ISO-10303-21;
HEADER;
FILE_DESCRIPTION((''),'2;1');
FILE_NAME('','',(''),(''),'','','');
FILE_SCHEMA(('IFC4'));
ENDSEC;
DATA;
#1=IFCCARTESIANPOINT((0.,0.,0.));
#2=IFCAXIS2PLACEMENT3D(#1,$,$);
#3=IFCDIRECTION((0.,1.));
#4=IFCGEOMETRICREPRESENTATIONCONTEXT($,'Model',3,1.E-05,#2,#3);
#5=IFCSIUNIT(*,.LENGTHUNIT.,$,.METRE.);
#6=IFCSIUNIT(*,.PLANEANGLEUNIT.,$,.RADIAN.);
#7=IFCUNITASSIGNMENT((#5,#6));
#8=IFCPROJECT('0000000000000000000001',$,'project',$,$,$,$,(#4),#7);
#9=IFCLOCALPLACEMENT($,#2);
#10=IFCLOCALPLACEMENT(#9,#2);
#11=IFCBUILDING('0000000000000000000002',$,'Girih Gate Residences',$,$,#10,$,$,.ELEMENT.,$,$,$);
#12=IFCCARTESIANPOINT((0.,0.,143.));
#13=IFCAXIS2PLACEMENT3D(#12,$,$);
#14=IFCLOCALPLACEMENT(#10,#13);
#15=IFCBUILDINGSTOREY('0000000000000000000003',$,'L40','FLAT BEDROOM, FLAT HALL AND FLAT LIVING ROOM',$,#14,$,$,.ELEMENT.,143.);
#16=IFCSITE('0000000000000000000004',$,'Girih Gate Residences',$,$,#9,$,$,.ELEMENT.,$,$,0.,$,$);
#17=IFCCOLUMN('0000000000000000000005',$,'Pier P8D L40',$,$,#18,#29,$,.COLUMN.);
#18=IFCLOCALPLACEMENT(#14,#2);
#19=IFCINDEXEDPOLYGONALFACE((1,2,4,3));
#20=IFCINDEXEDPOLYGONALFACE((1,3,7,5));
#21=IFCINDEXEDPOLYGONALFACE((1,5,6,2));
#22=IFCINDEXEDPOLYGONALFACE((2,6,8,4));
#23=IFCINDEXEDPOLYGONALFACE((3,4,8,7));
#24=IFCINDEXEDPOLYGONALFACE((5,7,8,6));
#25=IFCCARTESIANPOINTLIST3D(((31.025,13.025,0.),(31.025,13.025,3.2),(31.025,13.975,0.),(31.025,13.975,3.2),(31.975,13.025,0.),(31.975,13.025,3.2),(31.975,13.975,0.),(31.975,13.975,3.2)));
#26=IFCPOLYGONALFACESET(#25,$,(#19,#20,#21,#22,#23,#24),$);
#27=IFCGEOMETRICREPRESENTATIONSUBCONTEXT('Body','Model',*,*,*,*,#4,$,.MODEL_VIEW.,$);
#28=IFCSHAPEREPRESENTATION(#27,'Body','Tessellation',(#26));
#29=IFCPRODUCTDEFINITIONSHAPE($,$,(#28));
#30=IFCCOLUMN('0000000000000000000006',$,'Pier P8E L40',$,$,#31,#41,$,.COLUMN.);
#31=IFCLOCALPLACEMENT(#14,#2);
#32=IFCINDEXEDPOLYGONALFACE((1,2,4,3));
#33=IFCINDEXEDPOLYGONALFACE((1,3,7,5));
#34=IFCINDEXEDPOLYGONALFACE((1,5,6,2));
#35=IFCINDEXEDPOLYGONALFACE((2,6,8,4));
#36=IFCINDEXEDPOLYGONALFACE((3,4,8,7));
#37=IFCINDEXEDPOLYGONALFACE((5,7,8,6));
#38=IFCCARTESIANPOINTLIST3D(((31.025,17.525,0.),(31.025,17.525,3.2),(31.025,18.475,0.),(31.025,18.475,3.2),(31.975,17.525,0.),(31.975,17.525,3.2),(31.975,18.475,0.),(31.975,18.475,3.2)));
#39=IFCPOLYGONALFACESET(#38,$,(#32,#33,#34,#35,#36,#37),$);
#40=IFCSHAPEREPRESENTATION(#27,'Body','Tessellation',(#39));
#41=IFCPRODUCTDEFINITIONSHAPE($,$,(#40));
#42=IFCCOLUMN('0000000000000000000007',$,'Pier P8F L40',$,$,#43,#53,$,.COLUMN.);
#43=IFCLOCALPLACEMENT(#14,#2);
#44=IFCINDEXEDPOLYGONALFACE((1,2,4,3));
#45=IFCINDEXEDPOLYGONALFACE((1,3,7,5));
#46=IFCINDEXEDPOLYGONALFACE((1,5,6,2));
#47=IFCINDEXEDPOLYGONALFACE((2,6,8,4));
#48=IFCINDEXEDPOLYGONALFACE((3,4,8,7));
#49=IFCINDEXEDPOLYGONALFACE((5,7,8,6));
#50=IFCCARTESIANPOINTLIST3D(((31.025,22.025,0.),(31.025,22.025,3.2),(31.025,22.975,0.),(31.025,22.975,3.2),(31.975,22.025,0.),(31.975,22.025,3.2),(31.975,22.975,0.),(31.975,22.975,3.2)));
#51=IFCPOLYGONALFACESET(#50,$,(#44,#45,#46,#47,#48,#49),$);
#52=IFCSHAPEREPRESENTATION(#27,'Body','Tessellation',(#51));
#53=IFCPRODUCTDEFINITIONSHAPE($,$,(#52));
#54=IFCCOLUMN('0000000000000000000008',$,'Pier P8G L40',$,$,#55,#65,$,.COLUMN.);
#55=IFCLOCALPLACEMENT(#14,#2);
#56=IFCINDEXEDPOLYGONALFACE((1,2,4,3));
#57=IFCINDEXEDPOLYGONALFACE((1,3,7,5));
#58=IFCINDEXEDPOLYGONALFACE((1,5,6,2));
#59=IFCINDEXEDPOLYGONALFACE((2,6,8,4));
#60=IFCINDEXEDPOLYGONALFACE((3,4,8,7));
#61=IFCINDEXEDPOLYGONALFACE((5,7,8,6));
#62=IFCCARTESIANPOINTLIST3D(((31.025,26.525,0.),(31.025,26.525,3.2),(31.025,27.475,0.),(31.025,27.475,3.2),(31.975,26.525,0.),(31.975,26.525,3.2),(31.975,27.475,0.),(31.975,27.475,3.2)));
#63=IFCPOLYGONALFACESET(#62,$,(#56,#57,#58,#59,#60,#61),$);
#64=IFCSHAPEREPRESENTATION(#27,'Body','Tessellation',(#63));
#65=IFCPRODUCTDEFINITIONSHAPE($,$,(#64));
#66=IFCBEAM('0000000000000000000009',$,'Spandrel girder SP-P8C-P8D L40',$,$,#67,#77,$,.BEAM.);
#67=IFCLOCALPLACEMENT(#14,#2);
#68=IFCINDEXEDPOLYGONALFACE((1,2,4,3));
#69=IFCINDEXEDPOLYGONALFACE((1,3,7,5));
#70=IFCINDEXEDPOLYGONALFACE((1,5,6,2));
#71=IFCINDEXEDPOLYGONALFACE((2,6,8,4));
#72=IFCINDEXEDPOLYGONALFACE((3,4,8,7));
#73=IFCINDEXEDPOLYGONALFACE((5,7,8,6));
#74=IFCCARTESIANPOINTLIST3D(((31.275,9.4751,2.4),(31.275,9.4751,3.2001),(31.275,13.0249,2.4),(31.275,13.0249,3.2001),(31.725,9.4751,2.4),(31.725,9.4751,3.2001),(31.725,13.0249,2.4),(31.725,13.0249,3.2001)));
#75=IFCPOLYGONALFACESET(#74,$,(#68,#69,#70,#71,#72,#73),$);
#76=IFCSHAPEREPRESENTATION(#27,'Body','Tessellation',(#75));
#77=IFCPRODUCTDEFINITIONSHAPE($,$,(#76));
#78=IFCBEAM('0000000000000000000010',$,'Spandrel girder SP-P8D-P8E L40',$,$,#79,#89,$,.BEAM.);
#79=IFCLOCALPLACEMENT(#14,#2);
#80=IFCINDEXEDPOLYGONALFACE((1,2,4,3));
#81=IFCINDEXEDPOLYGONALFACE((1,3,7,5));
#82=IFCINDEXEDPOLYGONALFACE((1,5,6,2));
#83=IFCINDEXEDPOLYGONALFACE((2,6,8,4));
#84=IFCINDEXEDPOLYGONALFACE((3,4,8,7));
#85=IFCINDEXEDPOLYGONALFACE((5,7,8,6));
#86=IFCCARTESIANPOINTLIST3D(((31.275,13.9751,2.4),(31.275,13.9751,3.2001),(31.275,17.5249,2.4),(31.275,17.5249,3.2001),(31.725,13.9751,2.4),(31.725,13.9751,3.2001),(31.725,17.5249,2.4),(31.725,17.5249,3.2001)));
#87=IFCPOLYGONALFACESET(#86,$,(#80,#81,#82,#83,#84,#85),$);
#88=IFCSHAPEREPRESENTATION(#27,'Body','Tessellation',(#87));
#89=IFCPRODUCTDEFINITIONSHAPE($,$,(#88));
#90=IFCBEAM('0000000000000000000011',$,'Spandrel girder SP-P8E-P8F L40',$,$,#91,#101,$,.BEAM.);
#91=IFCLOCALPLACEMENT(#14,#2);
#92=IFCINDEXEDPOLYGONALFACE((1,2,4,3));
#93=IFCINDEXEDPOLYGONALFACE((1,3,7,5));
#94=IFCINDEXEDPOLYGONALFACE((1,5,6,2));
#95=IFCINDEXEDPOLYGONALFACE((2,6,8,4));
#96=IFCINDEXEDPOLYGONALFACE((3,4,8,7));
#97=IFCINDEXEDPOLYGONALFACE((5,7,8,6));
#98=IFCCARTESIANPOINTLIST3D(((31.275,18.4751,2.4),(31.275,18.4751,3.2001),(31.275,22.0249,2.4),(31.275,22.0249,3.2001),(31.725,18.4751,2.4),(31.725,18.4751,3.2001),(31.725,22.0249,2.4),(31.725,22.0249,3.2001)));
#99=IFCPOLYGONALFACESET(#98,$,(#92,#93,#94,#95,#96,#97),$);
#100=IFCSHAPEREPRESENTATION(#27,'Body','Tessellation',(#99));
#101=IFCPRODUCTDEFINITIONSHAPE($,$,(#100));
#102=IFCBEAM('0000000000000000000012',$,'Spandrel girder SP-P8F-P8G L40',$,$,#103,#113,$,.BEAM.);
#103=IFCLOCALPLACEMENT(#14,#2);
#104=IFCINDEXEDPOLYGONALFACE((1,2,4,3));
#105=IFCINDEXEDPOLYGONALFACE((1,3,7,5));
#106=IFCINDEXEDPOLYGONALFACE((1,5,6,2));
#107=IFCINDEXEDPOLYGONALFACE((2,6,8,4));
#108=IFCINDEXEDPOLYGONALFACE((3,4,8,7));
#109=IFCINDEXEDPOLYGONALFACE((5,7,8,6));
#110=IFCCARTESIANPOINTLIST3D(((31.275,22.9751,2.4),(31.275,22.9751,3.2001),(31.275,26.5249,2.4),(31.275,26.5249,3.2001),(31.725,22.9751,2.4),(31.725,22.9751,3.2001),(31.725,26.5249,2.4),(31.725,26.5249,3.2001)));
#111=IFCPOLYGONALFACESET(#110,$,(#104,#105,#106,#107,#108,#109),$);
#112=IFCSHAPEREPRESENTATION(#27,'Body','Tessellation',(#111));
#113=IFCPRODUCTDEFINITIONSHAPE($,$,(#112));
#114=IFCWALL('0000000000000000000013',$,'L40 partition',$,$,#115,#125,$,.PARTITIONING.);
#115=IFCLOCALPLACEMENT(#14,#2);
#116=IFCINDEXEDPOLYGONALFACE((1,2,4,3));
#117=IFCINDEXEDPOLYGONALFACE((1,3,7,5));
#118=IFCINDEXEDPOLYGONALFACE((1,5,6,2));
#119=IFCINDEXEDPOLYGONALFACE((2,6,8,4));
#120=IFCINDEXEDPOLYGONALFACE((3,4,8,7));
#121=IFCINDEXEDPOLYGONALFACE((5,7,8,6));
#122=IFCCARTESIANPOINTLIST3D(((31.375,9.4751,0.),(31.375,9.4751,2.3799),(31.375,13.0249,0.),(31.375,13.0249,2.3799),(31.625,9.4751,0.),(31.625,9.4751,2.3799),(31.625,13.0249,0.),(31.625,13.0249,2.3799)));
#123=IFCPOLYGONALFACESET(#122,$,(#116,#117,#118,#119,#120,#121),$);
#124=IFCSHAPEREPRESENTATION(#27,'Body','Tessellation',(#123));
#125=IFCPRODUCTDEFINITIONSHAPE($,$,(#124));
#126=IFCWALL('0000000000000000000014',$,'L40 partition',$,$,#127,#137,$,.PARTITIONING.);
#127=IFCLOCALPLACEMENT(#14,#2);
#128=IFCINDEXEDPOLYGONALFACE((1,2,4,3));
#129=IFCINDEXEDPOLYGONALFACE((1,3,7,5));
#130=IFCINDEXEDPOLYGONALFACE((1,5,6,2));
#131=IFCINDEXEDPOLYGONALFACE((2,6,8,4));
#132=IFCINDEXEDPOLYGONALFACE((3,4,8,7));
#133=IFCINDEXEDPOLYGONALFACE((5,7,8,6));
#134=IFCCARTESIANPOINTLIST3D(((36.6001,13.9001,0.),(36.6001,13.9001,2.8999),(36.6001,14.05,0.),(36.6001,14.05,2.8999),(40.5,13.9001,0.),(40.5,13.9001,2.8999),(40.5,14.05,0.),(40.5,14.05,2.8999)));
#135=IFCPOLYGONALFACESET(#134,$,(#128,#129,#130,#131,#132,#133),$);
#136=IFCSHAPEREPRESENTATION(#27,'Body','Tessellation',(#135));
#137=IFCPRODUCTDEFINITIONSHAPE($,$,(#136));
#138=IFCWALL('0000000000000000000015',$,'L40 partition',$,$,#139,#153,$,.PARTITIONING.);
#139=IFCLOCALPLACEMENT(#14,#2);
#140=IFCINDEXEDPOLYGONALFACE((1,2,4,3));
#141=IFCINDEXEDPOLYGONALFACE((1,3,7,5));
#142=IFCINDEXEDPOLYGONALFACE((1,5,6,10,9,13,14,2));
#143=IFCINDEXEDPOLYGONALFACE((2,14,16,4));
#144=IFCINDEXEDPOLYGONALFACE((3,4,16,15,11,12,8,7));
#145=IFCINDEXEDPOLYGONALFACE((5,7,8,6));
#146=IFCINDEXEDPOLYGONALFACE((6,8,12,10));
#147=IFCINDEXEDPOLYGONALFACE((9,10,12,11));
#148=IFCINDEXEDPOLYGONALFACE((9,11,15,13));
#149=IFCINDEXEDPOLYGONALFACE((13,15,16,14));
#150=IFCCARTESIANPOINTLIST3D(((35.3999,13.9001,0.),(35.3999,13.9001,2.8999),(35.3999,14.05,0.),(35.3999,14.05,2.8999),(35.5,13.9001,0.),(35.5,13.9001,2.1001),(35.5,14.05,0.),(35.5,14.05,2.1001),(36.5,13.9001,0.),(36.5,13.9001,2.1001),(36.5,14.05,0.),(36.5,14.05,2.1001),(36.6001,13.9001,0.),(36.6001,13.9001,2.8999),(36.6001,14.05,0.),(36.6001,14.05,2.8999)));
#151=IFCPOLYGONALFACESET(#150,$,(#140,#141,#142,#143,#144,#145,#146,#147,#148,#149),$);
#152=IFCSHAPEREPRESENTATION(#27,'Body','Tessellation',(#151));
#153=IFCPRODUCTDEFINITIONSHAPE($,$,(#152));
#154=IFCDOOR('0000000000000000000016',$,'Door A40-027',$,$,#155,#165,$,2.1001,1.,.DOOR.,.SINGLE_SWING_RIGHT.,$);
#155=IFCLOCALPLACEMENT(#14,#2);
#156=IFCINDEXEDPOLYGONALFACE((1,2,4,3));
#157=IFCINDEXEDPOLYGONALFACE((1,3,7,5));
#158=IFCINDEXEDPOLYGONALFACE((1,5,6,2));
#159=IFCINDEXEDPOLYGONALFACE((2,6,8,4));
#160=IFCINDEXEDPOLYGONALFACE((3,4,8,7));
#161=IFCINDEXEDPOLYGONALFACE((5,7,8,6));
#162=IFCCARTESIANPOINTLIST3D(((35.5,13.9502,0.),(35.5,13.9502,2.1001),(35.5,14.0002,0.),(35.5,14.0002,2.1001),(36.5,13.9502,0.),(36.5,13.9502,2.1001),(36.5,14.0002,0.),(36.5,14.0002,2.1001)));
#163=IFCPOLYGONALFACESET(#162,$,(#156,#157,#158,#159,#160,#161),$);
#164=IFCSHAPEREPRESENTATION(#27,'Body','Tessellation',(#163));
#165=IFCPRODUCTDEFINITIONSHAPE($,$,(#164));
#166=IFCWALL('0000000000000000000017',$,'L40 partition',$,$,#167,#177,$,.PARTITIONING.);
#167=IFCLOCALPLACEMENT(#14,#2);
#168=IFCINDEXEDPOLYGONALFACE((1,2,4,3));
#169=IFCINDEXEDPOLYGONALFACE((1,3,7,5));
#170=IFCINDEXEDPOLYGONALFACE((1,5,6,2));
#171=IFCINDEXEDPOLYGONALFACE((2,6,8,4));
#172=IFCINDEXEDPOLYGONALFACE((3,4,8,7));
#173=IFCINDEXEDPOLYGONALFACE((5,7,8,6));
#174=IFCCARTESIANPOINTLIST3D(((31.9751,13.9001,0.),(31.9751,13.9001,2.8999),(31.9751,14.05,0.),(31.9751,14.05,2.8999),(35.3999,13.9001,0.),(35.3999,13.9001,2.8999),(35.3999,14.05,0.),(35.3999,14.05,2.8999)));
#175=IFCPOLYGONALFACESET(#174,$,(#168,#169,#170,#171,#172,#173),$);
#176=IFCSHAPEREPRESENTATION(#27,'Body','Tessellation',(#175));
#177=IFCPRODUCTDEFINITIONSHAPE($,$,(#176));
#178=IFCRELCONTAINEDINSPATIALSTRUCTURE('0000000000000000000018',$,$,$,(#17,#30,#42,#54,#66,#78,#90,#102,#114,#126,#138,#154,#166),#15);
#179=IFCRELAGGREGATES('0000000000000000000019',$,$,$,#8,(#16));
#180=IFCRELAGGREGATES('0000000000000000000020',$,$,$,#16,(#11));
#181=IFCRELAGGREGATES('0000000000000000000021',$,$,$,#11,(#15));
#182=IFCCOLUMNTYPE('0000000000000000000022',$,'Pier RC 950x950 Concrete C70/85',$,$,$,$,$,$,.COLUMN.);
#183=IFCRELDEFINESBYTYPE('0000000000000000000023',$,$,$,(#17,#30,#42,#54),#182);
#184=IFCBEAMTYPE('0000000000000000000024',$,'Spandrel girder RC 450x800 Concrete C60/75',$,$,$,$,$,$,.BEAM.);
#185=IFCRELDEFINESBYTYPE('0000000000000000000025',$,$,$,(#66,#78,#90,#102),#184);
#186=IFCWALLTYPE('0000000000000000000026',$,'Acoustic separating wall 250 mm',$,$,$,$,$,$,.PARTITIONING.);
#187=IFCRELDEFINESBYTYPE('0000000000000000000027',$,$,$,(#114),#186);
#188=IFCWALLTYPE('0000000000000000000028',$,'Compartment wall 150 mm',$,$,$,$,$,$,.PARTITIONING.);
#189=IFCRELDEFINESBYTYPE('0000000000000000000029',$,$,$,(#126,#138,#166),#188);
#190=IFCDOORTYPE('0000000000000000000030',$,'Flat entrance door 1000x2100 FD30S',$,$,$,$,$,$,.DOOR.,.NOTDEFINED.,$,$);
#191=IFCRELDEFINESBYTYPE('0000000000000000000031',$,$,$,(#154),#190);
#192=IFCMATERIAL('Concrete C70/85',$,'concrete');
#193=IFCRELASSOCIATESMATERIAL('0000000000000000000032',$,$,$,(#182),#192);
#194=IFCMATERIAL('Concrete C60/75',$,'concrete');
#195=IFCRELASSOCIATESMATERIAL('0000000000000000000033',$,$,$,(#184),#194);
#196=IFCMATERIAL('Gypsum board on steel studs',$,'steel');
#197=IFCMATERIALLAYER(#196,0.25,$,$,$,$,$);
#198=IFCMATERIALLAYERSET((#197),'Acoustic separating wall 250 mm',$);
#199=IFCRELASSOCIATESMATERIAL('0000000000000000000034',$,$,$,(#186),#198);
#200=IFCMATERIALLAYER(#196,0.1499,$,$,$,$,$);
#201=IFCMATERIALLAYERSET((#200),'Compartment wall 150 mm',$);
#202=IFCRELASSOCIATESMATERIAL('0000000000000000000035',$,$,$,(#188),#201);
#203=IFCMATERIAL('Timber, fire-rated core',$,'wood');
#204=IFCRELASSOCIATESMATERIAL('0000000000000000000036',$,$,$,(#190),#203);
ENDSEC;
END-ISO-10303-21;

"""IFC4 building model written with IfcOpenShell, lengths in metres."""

from ifc_helpers import new_model, si_unit, direction, frame, frame_2d, origin, origin_2d, place, context, subcontext, project, spatial, rectangle, extrude, material, layer, layer_set, material_profile, profile_set, type_object, element, fill, save


model = new_model("IFC4")

# Units and contexts
model_context = context("Model", 3, precision=1e-05, world=origin(), true_north=direction((0.0, 1.0)))
body_context = subcontext(model_context, "Body", "Model", "MODEL_VIEW")
ifc_project = project(units=[si_unit("LENGTHUNIT", "METRE"), si_unit("PLANEANGLEUNIT", "RADIAN")], contexts=[model_context])

# Site, building, storey
site_placement = place(None, origin())
site = spatial("IfcSite", under=ifc_project, at=site_placement, Name="Girih Gate Residences", CompositionType="ELEMENT", RefElevation=0.0)
building_placement = place(site_placement, origin())
building = spatial("IfcBuilding", under=site, at=building_placement, Name="Girih Gate Residences", CompositionType="ELEMENT")
storey_placement = place(building_placement, frame((0.0, 0.0, 143.0)))
storey = spatial("IfcBuildingStorey", under=building, at=storey_placement, Name="L40", Description="FLAT BEDROOM, FLAT HALL AND FLAT LIVING ROOM", CompositionType="ELEMENT", Elevation=143.0)

# Columns
ifc_material_1 = material(Name="Concrete C70/85", Category="concrete")
ifc_material_profile_1 = material_profile(ifc_material_1, rectangle(XDim=0.95, YDim=0.95, at=origin_2d()))
ifc_profile_set_1 = profile_set([ifc_material_profile_1], Name="Concrete C70/85")
column_type = type_object("IfcColumnType", Name="Pier RC 950x950 Concrete C70/85", PredefinedType="COLUMN", material=ifc_profile_set_1)
for number, where, z_axis, x_axis, name in (
    (1, (31.5, 13.5, 0.0), (0.0, 0.0, 1.0), (1.0, 0.0, 0.0), "Pier P8D L40"),
    (2, (31.5, 18.0, 0.0), (0.0, 0.0, 1.0), (1.0, 0.0, 0.0), "Pier P8E L40"),
    (3, (31.5, 22.5, 0.0), (0.0, 0.0, 1.0), (1.0, 0.0, 0.0), "Pier P8F L40"),
    (4, (31.5, 27.0, 0.0), (0.0, 0.0, 1.0), (1.0, 0.0, 0.0), "Pier P8G L40"),
):
    element("IfcColumn", number, at=place(storey_placement, frame(where, z_axis=z_axis, x_axis=x_axis)), inside=storey, type_object=column_type, Name=name, PredefinedType="COLUMN", context=body_context, shape_type="SweptSolid", body=[
        extrude(rectangle(XDim=0.95, YDim=0.95, at=origin_2d()), origin(), (0.0, 0.0, 1.0), 3.2),
    ])

# Beams
ifc_material_2 = material(Name="Concrete C60/75", Category="concrete")
ifc_material_profile_2 = material_profile(ifc_material_2, rectangle(XDim=0.45, YDim=0.8, at=origin_2d()))
ifc_profile_set_2 = profile_set([ifc_material_profile_2], Name="Concrete C60/75")
beam_type = type_object("IfcBeamType", Name="Spandrel girder RC 450x800 Concrete C60/75", PredefinedType="BEAM", material=ifc_profile_set_2)
for number, where, z_axis, x_axis, name in (
    (5, (31.5, 9.4751, 2.8), (0.0, 1.0, 0.0), (-1.0, 0.0, 0.0), "Spandrel girder SP-P8C-P8D L40"),
    (6, (31.5, 13.9751, 2.8), (0.0, 1.0, 0.0), (-1.0, 0.0, 0.0), "Spandrel girder SP-P8D-P8E L40"),
    (7, (31.5, 18.4751, 2.8), (0.0, 1.0, 0.0), (-1.0, 0.0, 0.0), "Spandrel girder SP-P8E-P8F L40"),
    (8, (31.5, 22.9751, 2.8), (0.0, 1.0, 0.0), (-1.0, 0.0, 0.0), "Spandrel girder SP-P8F-P8G L40"),
):
    element("IfcBeam", number, at=place(storey_placement, frame(where, z_axis=z_axis, x_axis=x_axis)), inside=storey, type_object=beam_type, Name=name, PredefinedType="BEAM", context=body_context, shape_type="SweptSolid", body=[
        extrude(rectangle(XDim=0.45, YDim=0.8, at=origin_2d()), origin(), (0.0, 0.0, 1.0), 3.5498),
    ])

# Walls
ifc_material_3 = material(Name="Gypsum board on steel studs", Category="steel")
ifc_layer_1 = layer(ifc_material_3, 0.25)
ifc_layer_set_1 = layer_set([ifc_layer_1], Name="Acoustic separating wall 250 mm")
wall_type_1 = type_object("IfcWallType", Name="Acoustic separating wall 250 mm", PredefinedType="PARTITIONING", material=ifc_layer_set_1)
wall_1_placement = place(storey_placement, frame((31.5, 9.4751, 0.0), z_axis=(0.0, 0.0, 1.0), x_axis=(0.0, 1.0, 0.0)))
element("IfcWall", 9, at=wall_1_placement, inside=storey, type_object=wall_type_1, Name="L40 partition", PredefinedType="PARTITIONING", context=body_context, shape_type="SweptSolid", body=[
    extrude(rectangle(XDim=3.5498, YDim=0.25, at=frame_2d((1.7749, 0.0))), origin(), (0.0, 0.0, 1.0), 2.3799),
])
ifc_layer_2 = layer(ifc_material_3, 0.1499)
ifc_layer_set_2 = layer_set([ifc_layer_2], Name="Compartment wall 150 mm")
wall_type_2 = type_object("IfcWallType", Name="Compartment wall 150 mm", PredefinedType="PARTITIONING", material=ifc_layer_set_2)
wall_2_placement = place(storey_placement, frame((36.6001, 13.9751, 0.0), z_axis=(0.0, 0.0, 1.0), x_axis=(1.0, 0.0, 0.0)))
element("IfcWall", 10, at=wall_2_placement, inside=storey, type_object=wall_type_2, Name="L40 partition", PredefinedType="PARTITIONING", context=body_context, shape_type="SweptSolid", body=[
    extrude(rectangle(XDim=3.8999, YDim=0.1499, at=frame_2d((1.95, 0.0))), origin(), (0.0, 0.0, 1.0), 2.8999),
])

# Wall, opening, door
wall_3_placement = place(storey_placement, frame((36.6001, 13.9751, 0.0), z_axis=(0.0, 0.0, 1.0), x_axis=(-1.0, 0.0, 0.0)))
wall_3 = element("IfcWall", 11, at=wall_3_placement, inside=storey, type_object=wall_type_2, Name="L40 partition", PredefinedType="PARTITIONING", context=body_context, shape_type="SweptSolid", body=[
    extrude(rectangle(XDim=1.2002, YDim=0.1499, at=frame_2d((0.6001, 0.0))), origin(), (0.0, 0.0, 1.0), 2.8999),
])
opening_1_placement = place(wall_3_placement, frame((0.1001, 0.0, 0.0)))
opening_1 = element("IfcOpeningElement", 12, at=opening_1_placement, cuts=wall_3, PredefinedType="OPENING", context=body_context, shape_type="SweptSolid", body=[
    extrude(rectangle(XDim=1.0, YDim=2.1001, at=frame_2d((0.5, 1.05))), frame((0.0, 0.085, 0.0), z_axis=(0.0, -1.0, 0.0), x_axis=(1.0, 0.0, 0.0)), (0.0, 0.0, 1.0), 0.1699),
])
ifc_material_4 = material(Name="Timber, fire-rated core", Category="wood")
door_type_1 = type_object("IfcDoorType", Name="Flat entrance door 1000x2100 FD30S", OperationType="NOTDEFINED", PredefinedType="DOOR", material=ifc_material_4)
door_1_placement = place(opening_1_placement, origin())
door_1 = element("IfcDoor", 13, at=door_1_placement, inside=storey, type_object=door_type_1, Name="Door A40-027", OperationType="SINGLE_SWING_RIGHT", OverallHeight=2.1001, OverallWidth=1.0, PredefinedType="DOOR", context=body_context, shape_type="SweptSolid", body=[
    extrude(rectangle(XDim=1.0, YDim=2.1001, at=frame_2d((0.5, 1.05))), frame((0.0, 0.0249, 0.0), z_axis=(0.0, -1.0, 0.0), x_axis=(1.0, 0.0, 0.0)), (0.0, 0.0, 1.0), 0.05),
])
fill(opening_1, door_1)

# Wall
wall_4_placement = place(storey_placement, frame((31.9751, 13.9751, 0.0), z_axis=(0.0, 0.0, 1.0), x_axis=(1.0, 0.0, 0.0)))
element("IfcWall", 14, at=wall_4_placement, inside=storey, type_object=wall_type_2, Name="L40 partition", PredefinedType="PARTITIONING", context=body_context, shape_type="SweptSolid", body=[
    extrude(rectangle(XDim=3.4248, YDim=0.1499, at=frame_2d((1.7124, 0.0))), origin(), (0.0, 0.0, 1.0), 2.8999),
])

save(model, "model.ifc")
